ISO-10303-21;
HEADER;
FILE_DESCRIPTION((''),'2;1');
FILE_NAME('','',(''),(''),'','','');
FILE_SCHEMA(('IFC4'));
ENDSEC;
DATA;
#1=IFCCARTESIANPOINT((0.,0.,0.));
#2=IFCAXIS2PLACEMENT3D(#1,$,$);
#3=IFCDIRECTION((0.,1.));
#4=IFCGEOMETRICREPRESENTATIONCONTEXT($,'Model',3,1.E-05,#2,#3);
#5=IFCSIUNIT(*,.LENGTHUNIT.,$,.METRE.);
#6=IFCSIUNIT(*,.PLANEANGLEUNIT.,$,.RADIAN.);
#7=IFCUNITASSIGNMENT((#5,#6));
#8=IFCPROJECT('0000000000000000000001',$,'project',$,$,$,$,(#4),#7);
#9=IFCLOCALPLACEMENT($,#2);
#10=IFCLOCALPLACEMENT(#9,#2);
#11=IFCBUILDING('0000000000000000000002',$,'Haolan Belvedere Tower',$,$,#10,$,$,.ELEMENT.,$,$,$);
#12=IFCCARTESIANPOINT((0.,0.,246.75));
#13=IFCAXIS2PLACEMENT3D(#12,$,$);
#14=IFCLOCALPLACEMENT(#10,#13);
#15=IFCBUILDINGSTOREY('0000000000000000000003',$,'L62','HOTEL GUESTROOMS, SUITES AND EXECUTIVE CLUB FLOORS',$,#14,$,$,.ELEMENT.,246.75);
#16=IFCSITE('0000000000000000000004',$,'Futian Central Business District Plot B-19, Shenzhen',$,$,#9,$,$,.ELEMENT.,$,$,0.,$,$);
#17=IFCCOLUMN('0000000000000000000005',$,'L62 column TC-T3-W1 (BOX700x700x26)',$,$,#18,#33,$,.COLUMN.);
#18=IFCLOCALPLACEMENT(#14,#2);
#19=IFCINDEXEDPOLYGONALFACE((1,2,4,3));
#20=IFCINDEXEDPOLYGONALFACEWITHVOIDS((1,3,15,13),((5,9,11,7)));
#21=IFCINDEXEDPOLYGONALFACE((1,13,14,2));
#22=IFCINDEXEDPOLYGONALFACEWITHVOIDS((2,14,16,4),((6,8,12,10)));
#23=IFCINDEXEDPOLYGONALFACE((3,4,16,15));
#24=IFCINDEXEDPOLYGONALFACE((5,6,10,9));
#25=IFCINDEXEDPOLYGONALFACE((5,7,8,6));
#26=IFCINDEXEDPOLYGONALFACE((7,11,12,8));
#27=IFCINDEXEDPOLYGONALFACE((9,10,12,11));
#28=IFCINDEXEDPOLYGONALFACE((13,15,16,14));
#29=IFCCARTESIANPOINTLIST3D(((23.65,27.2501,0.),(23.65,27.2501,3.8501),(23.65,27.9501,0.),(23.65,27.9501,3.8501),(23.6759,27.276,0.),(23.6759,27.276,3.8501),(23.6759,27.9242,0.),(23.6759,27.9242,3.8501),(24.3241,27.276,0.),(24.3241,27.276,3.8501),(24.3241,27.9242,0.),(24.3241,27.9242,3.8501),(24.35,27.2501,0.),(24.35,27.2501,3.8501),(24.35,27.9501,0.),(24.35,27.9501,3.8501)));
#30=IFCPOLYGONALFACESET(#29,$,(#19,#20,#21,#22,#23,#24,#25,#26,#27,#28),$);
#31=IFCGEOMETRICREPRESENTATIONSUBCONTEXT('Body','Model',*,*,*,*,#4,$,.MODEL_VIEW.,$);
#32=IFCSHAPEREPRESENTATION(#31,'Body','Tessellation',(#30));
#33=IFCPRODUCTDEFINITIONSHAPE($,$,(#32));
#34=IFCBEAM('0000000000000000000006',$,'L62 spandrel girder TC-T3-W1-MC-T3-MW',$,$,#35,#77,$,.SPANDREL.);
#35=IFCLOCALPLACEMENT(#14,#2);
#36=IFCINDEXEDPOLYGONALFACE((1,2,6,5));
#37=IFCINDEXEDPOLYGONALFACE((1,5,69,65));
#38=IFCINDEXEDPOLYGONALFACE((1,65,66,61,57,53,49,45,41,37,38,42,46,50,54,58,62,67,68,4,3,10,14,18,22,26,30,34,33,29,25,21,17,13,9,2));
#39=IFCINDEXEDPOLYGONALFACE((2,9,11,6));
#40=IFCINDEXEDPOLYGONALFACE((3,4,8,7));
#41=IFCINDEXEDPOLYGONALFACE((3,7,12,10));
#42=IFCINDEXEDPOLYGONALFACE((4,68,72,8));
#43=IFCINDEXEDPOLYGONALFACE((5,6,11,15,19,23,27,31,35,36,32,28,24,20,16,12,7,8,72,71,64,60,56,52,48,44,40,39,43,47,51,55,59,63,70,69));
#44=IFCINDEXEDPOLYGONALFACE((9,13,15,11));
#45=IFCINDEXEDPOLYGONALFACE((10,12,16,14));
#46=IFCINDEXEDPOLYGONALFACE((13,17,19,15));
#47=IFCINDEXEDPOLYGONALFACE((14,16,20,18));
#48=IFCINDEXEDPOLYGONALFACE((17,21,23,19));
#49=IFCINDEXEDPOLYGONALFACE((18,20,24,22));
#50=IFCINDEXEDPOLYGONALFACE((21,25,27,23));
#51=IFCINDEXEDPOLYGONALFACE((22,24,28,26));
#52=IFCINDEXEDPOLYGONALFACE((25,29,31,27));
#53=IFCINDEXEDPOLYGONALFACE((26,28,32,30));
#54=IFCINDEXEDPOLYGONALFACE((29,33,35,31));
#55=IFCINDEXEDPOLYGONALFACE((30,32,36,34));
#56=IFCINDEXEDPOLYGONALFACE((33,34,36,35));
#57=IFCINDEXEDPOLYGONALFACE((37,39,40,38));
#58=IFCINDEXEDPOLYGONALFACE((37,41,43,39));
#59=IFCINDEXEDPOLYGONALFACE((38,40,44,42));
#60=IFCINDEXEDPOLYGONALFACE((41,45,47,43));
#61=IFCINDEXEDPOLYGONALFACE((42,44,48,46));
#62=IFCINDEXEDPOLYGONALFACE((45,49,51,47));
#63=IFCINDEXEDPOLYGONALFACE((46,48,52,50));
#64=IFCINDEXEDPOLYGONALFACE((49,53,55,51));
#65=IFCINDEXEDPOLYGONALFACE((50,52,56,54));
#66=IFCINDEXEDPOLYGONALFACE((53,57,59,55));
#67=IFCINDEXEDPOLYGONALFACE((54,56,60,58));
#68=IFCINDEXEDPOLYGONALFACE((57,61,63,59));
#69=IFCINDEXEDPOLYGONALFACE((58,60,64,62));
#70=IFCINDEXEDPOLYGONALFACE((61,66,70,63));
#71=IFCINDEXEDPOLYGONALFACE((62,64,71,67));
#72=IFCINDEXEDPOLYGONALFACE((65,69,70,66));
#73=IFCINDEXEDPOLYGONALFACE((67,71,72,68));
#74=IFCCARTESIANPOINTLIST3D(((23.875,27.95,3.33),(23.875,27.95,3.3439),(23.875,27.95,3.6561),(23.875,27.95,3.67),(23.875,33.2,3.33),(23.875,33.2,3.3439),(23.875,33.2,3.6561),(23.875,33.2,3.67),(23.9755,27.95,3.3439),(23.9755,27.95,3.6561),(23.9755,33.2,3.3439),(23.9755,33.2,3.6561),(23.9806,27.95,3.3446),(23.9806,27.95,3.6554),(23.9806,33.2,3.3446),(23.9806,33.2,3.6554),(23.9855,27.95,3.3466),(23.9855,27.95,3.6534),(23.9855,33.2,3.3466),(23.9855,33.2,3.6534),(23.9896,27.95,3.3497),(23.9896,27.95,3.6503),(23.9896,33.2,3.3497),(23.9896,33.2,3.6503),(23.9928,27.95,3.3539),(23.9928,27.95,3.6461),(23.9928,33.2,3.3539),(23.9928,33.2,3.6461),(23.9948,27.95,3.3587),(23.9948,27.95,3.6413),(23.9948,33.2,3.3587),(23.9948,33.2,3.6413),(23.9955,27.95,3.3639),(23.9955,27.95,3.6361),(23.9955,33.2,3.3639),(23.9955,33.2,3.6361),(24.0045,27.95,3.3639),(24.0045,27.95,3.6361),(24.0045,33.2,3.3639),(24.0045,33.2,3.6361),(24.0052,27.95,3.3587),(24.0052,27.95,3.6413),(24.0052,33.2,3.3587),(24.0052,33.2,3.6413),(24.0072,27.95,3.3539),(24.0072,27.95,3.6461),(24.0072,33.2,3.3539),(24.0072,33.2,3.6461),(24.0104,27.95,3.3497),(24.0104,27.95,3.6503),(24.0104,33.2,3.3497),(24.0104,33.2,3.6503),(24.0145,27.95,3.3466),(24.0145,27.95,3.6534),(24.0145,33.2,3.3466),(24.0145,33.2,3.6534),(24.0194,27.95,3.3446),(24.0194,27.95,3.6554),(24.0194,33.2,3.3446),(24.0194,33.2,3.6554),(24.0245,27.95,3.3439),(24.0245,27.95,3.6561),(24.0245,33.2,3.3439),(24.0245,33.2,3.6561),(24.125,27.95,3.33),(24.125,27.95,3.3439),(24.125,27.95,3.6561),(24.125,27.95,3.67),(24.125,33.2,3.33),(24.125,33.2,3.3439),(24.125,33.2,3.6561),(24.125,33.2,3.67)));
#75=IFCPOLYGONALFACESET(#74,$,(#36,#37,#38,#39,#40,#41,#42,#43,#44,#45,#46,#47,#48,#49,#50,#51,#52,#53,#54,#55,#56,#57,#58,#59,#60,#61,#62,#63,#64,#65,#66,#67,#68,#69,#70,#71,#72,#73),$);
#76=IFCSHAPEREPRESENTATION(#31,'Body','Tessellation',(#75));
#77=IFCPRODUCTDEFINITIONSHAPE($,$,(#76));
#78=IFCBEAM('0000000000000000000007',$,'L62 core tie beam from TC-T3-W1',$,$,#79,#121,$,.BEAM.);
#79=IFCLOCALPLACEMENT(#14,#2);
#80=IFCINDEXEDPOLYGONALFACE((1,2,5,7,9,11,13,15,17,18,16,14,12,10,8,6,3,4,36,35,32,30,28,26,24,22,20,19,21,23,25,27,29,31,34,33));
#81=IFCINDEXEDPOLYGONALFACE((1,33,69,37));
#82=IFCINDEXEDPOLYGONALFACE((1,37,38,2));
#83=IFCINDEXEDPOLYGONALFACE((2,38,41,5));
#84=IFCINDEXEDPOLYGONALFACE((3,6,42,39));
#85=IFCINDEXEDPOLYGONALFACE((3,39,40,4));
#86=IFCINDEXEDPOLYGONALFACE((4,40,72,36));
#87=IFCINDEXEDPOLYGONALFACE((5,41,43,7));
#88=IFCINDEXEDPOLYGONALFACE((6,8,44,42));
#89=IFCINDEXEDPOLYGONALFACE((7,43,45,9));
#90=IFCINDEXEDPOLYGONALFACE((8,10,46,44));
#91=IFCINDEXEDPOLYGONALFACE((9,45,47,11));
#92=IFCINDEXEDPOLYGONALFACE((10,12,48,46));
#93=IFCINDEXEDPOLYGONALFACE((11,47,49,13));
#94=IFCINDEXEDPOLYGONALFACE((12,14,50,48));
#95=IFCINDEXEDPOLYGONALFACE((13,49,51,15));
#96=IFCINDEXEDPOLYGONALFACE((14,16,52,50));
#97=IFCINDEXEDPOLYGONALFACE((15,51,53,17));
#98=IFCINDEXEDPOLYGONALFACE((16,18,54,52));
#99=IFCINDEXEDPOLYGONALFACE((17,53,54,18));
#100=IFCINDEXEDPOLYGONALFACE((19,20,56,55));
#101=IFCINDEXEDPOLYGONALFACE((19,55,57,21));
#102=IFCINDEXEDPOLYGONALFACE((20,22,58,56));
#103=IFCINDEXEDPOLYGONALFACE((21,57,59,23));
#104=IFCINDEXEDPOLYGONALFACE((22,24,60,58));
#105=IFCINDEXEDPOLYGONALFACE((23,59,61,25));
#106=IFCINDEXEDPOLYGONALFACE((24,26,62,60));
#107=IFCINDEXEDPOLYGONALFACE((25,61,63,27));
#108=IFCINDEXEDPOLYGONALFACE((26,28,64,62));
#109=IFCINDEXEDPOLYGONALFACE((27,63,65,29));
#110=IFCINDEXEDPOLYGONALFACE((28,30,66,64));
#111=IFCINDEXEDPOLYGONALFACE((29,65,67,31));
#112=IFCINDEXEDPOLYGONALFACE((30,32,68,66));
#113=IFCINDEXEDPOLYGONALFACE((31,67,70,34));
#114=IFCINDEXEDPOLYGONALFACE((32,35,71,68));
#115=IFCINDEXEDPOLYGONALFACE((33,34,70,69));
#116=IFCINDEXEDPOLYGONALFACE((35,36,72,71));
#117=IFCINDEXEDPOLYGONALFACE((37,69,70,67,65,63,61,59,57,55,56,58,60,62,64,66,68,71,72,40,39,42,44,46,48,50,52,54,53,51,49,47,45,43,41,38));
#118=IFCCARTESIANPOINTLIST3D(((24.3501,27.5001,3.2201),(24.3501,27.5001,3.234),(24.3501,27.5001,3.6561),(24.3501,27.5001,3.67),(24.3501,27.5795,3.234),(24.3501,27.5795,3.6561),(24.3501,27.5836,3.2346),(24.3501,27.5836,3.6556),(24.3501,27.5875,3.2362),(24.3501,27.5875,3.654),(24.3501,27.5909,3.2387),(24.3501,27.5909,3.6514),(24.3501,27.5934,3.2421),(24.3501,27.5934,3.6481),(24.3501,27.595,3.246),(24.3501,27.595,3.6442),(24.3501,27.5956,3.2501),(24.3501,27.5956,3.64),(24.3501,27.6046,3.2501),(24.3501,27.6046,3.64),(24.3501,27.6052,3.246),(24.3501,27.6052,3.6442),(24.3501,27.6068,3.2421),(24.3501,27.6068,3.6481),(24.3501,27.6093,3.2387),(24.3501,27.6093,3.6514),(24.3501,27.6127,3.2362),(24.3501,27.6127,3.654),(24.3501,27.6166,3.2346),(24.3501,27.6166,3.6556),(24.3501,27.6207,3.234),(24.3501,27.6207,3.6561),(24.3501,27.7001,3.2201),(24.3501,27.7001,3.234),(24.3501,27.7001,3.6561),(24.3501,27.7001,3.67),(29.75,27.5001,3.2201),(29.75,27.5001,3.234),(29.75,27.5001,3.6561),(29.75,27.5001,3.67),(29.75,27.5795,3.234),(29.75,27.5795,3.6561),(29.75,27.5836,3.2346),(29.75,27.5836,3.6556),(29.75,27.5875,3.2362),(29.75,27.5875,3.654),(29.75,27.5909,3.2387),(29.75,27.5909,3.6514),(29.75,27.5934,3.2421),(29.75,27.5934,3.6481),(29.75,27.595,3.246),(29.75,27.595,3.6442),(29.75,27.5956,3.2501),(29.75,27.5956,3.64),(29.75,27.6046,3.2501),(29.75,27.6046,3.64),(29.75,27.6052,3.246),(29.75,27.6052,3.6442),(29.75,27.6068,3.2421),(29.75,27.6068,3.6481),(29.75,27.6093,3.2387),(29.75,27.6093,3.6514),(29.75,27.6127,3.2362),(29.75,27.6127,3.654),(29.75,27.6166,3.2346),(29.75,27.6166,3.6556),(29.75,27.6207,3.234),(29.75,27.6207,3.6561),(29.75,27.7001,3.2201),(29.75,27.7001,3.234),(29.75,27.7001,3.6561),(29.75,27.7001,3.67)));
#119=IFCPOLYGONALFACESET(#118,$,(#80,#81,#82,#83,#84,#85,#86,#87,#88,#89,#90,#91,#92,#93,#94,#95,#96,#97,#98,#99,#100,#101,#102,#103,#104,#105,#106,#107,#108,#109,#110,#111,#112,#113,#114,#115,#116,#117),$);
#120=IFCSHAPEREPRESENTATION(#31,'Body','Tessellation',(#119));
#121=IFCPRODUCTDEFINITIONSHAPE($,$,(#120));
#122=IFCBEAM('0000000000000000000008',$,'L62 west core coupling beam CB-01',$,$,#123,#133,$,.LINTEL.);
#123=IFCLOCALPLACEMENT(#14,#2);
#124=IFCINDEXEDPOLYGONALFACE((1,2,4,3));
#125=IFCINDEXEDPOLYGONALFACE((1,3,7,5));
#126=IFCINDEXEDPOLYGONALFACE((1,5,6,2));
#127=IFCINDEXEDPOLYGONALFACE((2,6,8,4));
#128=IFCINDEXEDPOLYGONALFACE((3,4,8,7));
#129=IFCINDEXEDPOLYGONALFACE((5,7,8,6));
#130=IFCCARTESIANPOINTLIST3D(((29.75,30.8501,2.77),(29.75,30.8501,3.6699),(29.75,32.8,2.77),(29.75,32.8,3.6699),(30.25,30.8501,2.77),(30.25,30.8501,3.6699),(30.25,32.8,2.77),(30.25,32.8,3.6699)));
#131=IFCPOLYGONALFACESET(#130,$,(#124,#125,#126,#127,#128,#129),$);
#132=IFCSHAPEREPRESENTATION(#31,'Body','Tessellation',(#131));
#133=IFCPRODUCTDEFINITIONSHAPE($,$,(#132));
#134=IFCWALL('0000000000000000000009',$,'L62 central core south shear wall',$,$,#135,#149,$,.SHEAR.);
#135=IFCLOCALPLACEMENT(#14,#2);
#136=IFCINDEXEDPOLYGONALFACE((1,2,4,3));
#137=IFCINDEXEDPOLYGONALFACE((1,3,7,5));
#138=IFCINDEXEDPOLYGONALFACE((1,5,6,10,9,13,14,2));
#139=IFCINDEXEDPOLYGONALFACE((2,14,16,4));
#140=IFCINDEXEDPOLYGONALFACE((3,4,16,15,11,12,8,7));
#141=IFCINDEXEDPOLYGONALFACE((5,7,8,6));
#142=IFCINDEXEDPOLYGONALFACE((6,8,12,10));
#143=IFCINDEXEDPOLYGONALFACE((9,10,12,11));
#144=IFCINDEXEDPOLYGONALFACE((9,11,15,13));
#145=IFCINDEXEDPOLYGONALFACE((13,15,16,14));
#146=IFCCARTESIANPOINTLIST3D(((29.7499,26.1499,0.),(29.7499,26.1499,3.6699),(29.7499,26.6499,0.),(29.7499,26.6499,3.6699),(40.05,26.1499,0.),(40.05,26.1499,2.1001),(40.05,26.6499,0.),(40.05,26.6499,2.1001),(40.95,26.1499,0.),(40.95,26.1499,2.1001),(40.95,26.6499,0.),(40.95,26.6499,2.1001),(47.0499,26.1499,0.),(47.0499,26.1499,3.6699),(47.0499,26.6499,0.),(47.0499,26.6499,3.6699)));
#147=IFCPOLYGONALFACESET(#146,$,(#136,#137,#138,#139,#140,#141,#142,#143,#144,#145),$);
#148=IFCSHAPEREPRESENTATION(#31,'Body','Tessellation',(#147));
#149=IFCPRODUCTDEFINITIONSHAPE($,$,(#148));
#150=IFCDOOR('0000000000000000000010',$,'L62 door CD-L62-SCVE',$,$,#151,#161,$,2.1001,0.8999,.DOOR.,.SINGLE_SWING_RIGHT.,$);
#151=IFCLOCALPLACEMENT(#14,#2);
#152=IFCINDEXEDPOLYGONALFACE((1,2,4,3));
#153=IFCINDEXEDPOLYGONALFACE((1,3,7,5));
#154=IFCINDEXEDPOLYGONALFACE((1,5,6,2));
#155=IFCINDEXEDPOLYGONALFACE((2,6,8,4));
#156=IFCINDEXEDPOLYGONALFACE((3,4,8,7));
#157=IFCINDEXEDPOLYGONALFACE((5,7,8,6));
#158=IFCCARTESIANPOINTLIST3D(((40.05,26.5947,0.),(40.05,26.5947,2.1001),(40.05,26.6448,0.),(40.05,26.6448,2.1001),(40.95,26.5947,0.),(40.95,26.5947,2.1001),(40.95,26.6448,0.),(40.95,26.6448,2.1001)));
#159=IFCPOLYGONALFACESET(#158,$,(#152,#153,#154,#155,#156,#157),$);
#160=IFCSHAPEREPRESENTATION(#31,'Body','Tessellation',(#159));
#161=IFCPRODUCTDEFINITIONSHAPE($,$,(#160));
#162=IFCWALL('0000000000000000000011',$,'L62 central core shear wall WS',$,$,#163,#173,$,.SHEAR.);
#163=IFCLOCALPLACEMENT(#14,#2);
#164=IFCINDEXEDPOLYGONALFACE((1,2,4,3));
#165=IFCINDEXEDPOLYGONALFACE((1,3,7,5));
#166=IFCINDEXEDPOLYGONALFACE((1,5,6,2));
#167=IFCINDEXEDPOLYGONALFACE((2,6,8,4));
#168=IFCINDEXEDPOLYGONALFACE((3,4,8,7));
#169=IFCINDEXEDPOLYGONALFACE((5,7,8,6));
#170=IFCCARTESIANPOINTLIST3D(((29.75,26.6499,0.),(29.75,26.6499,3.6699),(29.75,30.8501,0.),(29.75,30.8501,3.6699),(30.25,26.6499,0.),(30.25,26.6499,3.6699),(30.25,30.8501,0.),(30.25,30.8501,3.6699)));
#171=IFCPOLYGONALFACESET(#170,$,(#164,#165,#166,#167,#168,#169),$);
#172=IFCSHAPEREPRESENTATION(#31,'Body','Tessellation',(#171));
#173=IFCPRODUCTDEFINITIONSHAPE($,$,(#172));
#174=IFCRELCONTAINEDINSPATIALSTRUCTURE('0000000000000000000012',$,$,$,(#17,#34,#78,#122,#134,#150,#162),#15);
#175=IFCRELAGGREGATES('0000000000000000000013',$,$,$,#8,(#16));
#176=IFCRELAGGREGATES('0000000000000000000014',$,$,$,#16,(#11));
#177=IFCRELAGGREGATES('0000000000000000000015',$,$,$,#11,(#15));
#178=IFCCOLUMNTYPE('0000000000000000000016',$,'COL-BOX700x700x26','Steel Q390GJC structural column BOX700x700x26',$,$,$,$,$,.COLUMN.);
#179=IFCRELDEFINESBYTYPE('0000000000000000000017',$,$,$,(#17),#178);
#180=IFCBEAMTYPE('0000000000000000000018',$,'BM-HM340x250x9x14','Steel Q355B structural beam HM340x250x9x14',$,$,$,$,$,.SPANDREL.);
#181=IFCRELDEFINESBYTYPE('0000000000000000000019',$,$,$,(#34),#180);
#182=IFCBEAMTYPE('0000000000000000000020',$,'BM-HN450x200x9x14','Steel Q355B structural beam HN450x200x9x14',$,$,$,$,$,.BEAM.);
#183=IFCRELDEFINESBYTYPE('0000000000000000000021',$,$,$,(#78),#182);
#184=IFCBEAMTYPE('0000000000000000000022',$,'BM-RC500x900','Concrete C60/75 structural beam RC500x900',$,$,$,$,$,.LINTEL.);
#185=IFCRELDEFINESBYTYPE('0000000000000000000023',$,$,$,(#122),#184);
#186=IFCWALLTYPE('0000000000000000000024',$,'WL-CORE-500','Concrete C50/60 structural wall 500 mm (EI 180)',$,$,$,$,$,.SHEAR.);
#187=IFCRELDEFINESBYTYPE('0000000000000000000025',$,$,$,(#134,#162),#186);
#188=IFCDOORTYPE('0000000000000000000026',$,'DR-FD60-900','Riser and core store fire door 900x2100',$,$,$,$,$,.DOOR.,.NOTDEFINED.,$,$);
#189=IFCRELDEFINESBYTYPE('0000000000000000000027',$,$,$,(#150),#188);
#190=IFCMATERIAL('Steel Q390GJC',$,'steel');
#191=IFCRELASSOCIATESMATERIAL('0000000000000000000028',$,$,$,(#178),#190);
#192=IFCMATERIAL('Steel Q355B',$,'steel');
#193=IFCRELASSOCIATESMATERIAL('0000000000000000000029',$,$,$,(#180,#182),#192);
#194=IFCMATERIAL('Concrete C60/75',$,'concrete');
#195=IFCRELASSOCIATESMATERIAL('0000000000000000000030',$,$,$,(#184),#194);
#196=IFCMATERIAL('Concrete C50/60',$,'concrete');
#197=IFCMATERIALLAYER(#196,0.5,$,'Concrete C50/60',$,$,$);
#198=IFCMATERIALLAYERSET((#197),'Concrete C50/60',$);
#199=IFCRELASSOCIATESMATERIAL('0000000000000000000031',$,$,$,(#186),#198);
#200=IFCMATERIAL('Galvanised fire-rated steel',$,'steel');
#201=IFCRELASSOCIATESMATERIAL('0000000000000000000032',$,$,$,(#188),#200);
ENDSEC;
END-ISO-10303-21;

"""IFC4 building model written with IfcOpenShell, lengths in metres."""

from ifc_helpers import new_model, si_unit, direction, frame, frame_2d, origin, origin_2d, place, context, subcontext, project, spatial, rectangle, hollow_rectangle, i_section, extrude, material, layer, layer_set, material_profile, profile_set, type_object, element, fill, save


model = new_model("IFC4")

# Units and contexts
model_context = context("Model", 3, precision=1e-05, world=origin(), true_north=direction((0.0, 1.0)))
body_context = subcontext(model_context, "Body", "Model", "MODEL_VIEW")
ifc_project = project(units=[si_unit("LENGTHUNIT", "METRE"), si_unit("PLANEANGLEUNIT", "RADIAN")], contexts=[model_context])

# Site, building, storey
site_placement = place(None, origin())
site = spatial("IfcSite", under=ifc_project, at=site_placement, Name="Futian Central Business District Plot B-19, Shenzhen", CompositionType="ELEMENT", RefElevation=0.0)
building_placement = place(site_placement, origin())
building = spatial("IfcBuilding", under=site, at=building_placement, Name="Haolan Belvedere Tower", CompositionType="ELEMENT")
storey_placement = place(building_placement, frame((0.0, 0.0, 246.75)))
storey = spatial("IfcBuildingStorey", under=building, at=storey_placement, Name="L62", Description="HOTEL GUESTROOMS, SUITES AND EXECUTIVE CLUB FLOORS", CompositionType="ELEMENT", Elevation=246.75)

# Column
ifc_material_1 = material(Name="Steel Q390GJC", Category="steel")
ifc_material_profile_1 = material_profile(ifc_material_1, hollow_rectangle(XDim=0.7, YDim=0.7, WallThickness=0.0259, at=origin_2d()), Name="Steel Q390GJC")
ifc_profile_set_1 = profile_set([ifc_material_profile_1], Name="Steel Q390GJC")
column_type = type_object("IfcColumnType", Name="COL-BOX700x700x26", Description="Steel Q390GJC structural column BOX700x700x26", PredefinedType="COLUMN", material=ifc_profile_set_1)
column_placement = place(storey_placement, frame((24.0, 27.6001, 0.0), z_axis=(0.0, 0.0, 1.0), x_axis=(1.0, 0.0, 0.0)))
element("IfcColumn", 1, at=column_placement, inside=storey, type_object=column_type, Name="L62 column TC-T3-W1 (BOX700x700x26)", PredefinedType="COLUMN", context=body_context, shape_type="SweptSolid", body=[
    extrude(hollow_rectangle(XDim=0.7, YDim=0.7, WallThickness=0.0259, at=origin_2d()), origin(), (0.0, 0.0, 1.0), 3.8501),
])

# Beams
ifc_material_2 = material(Name="Steel Q355B", Category="steel")
ifc_material_profile_2 = material_profile(ifc_material_2, i_section(OverallWidth=0.25, OverallDepth=0.3401, WebThickness=0.009, FlangeThickness=0.0139, FilletRadius=0.02, at=origin_2d()), Name="Steel Q355B")
ifc_profile_set_2 = profile_set([ifc_material_profile_2], Name="Steel Q355B")
beam_type_1 = type_object("IfcBeamType", Name="BM-HM340x250x9x14", Description="Steel Q355B structural beam HM340x250x9x14", PredefinedType="SPANDREL", material=ifc_profile_set_2)
beam_1_placement = place(storey_placement, frame((24.0, 27.95, 3.5), z_axis=(0.0, 1.0, 0.0), x_axis=(-1.0, 0.0, 0.0)))
element("IfcBeam", 2, at=beam_1_placement, inside=storey, type_object=beam_type_1, Name="L62 spandrel girder TC-T3-W1-MC-T3-MW", PredefinedType="SPANDREL", context=body_context, shape_type="SweptSolid", body=[
    extrude(i_section(OverallWidth=0.25, OverallDepth=0.3401, WebThickness=0.009, FlangeThickness=0.0139, FilletRadius=0.02, at=origin_2d()), origin(), (0.0, 0.0, 1.0), 5.25),
])
ifc_material_profile_3 = material_profile(ifc_material_2, i_section(OverallWidth=0.2, OverallDepth=0.45, WebThickness=0.009, FlangeThickness=0.0139, FilletRadius=0.0161, at=origin_2d()), Name="Steel Q355B")
ifc_profile_set_3 = profile_set([ifc_material_profile_3], Name="Steel Q355B")
beam_type_2 = type_object("IfcBeamType", Name="BM-HN450x200x9x14", Description="Steel Q355B structural beam HN450x200x9x14", PredefinedType="BEAM", material=ifc_profile_set_3)
beam_2_placement = place(storey_placement, frame((24.3501, 27.6001, 3.4451), z_axis=(1.0, 0.0, 0.0), x_axis=(0.0, 1.0, 0.0)))
element("IfcBeam", 3, at=beam_2_placement, inside=storey, type_object=beam_type_2, Name="L62 core tie beam from TC-T3-W1", PredefinedType="BEAM", context=body_context, shape_type="SweptSolid", body=[
    extrude(i_section(OverallWidth=0.2, OverallDepth=0.45, WebThickness=0.009, FlangeThickness=0.0139, FilletRadius=0.0161, at=origin_2d()), origin(), (0.0, 0.0, 1.0), 5.3999),
])
ifc_material_3 = material(Name="Concrete C60/75", Category="concrete")
ifc_material_profile_4 = material_profile(ifc_material_3, rectangle(XDim=0.5, YDim=0.8999, at=origin_2d()), Name="Concrete C60/75")
ifc_profile_set_4 = profile_set([ifc_material_profile_4], Name="Concrete C60/75")
beam_type_3 = type_object("IfcBeamType", Name="BM-RC500x900", Description="Concrete C60/75 structural beam RC500x900", PredefinedType="LINTEL", material=ifc_profile_set_4)
beam_3_placement = place(storey_placement, frame((30.0, 30.8501, 3.22), z_axis=(0.0, 1.0, 0.0), x_axis=(-1.0, 0.0, 0.0)))
element("IfcBeam", 4, at=beam_3_placement, inside=storey, type_object=beam_type_3, Name="L62 west core coupling beam CB-01", PredefinedType="LINTEL", context=body_context, shape_type="SweptSolid", body=[
    extrude(rectangle(XDim=0.5, YDim=0.8999, at=origin_2d()), origin(), (0.0, 0.0, 1.0), 1.95),
])

# Wall, opening, door
ifc_material_4 = material(Name="Concrete C50/60", Category="concrete")
ifc_layer_1 = layer(ifc_material_4, 0.5, Name="Concrete C50/60")
ifc_layer_set_1 = layer_set([ifc_layer_1], Name="Concrete C50/60")
wall_type_1 = type_object("IfcWallType", Name="WL-CORE-500", Description="Concrete C50/60 structural wall 500 mm (EI 180)", PredefinedType="SHEAR", material=ifc_layer_set_1)
wall_1_placement = place(storey_placement, frame((29.75, 26.3999, 0.0), z_axis=(0.0, 0.0, 1.0), x_axis=(1.0, 0.0, 0.0)))
wall_1 = element("IfcWall", 5, at=wall_1_placement, inside=storey, type_object=wall_type_1, Name="L62 central core south shear wall", PredefinedType="SHEAR", context=body_context, shape_type="SweptSolid", body=[
    extrude(rectangle(XDim=17.3, YDim=0.5, at=frame_2d((8.6499, 0.0))), origin(), (0.0, 0.0, 1.0), 3.6699),
])
opening_1_placement = place(wall_1_placement, frame((11.2, 0.0, 0.0), z_axis=(0.0, 0.0, 1.0), x_axis=(-1.0, 0.0, 0.0)))
opening_1 = element("IfcOpeningElement", 6, at=opening_1_placement, cuts=wall_1, PredefinedType="OPENING", context=body_context, shape_type="SweptSolid", body=[
    extrude(rectangle(XDim=0.8999, YDim=2.1001, at=frame_2d((0.45, 1.05))), frame((0.0, 0.26, 0.0), z_axis=(0.0, -1.0, 0.0), x_axis=(1.0, 0.0, 0.0)), (0.0, 0.0, 1.0), 0.52),
])
ifc_material_5 = material(Name="Galvanised fire-rated steel", Category="steel")
door_type_1 = type_object("IfcDoorType", Name="DR-FD60-900", Description="Riser and core store fire door 900x2100", OperationType="NOTDEFINED", PredefinedType="DOOR", material=ifc_material_5)
door_1_placement = place(opening_1_placement, origin())
door_1 = element("IfcDoor", 7, at=door_1_placement, inside=storey, type_object=door_type_1, Name="L62 door CD-L62-SCVE", OperationType="SINGLE_SWING_RIGHT", OverallHeight=2.1001, OverallWidth=0.8999, PredefinedType="DOOR", context=body_context, shape_type="SweptSolid", body=[
    extrude(rectangle(XDim=0.8999, YDim=2.1001, at=frame_2d((0.45, 1.05))), frame((0.0, -0.1948, 0.0), z_axis=(0.0, -1.0, 0.0), x_axis=(1.0, 0.0, 0.0)), (0.0, 0.0, 1.0), 0.05),
])
fill(opening_1, door_1)

# Wall
wall_2_placement = place(storey_placement, frame((30.0, 26.6499, 0.0), z_axis=(0.0, 0.0, 1.0), x_axis=(0.0, 1.0, 0.0)))
element("IfcWall", 8, at=wall_2_placement, inside=storey, type_object=wall_type_1, Name="L62 central core shear wall WS", PredefinedType="SHEAR", context=body_context, shape_type="SweptSolid", body=[
    extrude(rectangle(XDim=4.2002, YDim=0.5, at=frame_2d((2.1001, 0.0))), origin(), (0.0, 0.0, 1.0), 3.6699),
])

save(model, "model.ifc")
